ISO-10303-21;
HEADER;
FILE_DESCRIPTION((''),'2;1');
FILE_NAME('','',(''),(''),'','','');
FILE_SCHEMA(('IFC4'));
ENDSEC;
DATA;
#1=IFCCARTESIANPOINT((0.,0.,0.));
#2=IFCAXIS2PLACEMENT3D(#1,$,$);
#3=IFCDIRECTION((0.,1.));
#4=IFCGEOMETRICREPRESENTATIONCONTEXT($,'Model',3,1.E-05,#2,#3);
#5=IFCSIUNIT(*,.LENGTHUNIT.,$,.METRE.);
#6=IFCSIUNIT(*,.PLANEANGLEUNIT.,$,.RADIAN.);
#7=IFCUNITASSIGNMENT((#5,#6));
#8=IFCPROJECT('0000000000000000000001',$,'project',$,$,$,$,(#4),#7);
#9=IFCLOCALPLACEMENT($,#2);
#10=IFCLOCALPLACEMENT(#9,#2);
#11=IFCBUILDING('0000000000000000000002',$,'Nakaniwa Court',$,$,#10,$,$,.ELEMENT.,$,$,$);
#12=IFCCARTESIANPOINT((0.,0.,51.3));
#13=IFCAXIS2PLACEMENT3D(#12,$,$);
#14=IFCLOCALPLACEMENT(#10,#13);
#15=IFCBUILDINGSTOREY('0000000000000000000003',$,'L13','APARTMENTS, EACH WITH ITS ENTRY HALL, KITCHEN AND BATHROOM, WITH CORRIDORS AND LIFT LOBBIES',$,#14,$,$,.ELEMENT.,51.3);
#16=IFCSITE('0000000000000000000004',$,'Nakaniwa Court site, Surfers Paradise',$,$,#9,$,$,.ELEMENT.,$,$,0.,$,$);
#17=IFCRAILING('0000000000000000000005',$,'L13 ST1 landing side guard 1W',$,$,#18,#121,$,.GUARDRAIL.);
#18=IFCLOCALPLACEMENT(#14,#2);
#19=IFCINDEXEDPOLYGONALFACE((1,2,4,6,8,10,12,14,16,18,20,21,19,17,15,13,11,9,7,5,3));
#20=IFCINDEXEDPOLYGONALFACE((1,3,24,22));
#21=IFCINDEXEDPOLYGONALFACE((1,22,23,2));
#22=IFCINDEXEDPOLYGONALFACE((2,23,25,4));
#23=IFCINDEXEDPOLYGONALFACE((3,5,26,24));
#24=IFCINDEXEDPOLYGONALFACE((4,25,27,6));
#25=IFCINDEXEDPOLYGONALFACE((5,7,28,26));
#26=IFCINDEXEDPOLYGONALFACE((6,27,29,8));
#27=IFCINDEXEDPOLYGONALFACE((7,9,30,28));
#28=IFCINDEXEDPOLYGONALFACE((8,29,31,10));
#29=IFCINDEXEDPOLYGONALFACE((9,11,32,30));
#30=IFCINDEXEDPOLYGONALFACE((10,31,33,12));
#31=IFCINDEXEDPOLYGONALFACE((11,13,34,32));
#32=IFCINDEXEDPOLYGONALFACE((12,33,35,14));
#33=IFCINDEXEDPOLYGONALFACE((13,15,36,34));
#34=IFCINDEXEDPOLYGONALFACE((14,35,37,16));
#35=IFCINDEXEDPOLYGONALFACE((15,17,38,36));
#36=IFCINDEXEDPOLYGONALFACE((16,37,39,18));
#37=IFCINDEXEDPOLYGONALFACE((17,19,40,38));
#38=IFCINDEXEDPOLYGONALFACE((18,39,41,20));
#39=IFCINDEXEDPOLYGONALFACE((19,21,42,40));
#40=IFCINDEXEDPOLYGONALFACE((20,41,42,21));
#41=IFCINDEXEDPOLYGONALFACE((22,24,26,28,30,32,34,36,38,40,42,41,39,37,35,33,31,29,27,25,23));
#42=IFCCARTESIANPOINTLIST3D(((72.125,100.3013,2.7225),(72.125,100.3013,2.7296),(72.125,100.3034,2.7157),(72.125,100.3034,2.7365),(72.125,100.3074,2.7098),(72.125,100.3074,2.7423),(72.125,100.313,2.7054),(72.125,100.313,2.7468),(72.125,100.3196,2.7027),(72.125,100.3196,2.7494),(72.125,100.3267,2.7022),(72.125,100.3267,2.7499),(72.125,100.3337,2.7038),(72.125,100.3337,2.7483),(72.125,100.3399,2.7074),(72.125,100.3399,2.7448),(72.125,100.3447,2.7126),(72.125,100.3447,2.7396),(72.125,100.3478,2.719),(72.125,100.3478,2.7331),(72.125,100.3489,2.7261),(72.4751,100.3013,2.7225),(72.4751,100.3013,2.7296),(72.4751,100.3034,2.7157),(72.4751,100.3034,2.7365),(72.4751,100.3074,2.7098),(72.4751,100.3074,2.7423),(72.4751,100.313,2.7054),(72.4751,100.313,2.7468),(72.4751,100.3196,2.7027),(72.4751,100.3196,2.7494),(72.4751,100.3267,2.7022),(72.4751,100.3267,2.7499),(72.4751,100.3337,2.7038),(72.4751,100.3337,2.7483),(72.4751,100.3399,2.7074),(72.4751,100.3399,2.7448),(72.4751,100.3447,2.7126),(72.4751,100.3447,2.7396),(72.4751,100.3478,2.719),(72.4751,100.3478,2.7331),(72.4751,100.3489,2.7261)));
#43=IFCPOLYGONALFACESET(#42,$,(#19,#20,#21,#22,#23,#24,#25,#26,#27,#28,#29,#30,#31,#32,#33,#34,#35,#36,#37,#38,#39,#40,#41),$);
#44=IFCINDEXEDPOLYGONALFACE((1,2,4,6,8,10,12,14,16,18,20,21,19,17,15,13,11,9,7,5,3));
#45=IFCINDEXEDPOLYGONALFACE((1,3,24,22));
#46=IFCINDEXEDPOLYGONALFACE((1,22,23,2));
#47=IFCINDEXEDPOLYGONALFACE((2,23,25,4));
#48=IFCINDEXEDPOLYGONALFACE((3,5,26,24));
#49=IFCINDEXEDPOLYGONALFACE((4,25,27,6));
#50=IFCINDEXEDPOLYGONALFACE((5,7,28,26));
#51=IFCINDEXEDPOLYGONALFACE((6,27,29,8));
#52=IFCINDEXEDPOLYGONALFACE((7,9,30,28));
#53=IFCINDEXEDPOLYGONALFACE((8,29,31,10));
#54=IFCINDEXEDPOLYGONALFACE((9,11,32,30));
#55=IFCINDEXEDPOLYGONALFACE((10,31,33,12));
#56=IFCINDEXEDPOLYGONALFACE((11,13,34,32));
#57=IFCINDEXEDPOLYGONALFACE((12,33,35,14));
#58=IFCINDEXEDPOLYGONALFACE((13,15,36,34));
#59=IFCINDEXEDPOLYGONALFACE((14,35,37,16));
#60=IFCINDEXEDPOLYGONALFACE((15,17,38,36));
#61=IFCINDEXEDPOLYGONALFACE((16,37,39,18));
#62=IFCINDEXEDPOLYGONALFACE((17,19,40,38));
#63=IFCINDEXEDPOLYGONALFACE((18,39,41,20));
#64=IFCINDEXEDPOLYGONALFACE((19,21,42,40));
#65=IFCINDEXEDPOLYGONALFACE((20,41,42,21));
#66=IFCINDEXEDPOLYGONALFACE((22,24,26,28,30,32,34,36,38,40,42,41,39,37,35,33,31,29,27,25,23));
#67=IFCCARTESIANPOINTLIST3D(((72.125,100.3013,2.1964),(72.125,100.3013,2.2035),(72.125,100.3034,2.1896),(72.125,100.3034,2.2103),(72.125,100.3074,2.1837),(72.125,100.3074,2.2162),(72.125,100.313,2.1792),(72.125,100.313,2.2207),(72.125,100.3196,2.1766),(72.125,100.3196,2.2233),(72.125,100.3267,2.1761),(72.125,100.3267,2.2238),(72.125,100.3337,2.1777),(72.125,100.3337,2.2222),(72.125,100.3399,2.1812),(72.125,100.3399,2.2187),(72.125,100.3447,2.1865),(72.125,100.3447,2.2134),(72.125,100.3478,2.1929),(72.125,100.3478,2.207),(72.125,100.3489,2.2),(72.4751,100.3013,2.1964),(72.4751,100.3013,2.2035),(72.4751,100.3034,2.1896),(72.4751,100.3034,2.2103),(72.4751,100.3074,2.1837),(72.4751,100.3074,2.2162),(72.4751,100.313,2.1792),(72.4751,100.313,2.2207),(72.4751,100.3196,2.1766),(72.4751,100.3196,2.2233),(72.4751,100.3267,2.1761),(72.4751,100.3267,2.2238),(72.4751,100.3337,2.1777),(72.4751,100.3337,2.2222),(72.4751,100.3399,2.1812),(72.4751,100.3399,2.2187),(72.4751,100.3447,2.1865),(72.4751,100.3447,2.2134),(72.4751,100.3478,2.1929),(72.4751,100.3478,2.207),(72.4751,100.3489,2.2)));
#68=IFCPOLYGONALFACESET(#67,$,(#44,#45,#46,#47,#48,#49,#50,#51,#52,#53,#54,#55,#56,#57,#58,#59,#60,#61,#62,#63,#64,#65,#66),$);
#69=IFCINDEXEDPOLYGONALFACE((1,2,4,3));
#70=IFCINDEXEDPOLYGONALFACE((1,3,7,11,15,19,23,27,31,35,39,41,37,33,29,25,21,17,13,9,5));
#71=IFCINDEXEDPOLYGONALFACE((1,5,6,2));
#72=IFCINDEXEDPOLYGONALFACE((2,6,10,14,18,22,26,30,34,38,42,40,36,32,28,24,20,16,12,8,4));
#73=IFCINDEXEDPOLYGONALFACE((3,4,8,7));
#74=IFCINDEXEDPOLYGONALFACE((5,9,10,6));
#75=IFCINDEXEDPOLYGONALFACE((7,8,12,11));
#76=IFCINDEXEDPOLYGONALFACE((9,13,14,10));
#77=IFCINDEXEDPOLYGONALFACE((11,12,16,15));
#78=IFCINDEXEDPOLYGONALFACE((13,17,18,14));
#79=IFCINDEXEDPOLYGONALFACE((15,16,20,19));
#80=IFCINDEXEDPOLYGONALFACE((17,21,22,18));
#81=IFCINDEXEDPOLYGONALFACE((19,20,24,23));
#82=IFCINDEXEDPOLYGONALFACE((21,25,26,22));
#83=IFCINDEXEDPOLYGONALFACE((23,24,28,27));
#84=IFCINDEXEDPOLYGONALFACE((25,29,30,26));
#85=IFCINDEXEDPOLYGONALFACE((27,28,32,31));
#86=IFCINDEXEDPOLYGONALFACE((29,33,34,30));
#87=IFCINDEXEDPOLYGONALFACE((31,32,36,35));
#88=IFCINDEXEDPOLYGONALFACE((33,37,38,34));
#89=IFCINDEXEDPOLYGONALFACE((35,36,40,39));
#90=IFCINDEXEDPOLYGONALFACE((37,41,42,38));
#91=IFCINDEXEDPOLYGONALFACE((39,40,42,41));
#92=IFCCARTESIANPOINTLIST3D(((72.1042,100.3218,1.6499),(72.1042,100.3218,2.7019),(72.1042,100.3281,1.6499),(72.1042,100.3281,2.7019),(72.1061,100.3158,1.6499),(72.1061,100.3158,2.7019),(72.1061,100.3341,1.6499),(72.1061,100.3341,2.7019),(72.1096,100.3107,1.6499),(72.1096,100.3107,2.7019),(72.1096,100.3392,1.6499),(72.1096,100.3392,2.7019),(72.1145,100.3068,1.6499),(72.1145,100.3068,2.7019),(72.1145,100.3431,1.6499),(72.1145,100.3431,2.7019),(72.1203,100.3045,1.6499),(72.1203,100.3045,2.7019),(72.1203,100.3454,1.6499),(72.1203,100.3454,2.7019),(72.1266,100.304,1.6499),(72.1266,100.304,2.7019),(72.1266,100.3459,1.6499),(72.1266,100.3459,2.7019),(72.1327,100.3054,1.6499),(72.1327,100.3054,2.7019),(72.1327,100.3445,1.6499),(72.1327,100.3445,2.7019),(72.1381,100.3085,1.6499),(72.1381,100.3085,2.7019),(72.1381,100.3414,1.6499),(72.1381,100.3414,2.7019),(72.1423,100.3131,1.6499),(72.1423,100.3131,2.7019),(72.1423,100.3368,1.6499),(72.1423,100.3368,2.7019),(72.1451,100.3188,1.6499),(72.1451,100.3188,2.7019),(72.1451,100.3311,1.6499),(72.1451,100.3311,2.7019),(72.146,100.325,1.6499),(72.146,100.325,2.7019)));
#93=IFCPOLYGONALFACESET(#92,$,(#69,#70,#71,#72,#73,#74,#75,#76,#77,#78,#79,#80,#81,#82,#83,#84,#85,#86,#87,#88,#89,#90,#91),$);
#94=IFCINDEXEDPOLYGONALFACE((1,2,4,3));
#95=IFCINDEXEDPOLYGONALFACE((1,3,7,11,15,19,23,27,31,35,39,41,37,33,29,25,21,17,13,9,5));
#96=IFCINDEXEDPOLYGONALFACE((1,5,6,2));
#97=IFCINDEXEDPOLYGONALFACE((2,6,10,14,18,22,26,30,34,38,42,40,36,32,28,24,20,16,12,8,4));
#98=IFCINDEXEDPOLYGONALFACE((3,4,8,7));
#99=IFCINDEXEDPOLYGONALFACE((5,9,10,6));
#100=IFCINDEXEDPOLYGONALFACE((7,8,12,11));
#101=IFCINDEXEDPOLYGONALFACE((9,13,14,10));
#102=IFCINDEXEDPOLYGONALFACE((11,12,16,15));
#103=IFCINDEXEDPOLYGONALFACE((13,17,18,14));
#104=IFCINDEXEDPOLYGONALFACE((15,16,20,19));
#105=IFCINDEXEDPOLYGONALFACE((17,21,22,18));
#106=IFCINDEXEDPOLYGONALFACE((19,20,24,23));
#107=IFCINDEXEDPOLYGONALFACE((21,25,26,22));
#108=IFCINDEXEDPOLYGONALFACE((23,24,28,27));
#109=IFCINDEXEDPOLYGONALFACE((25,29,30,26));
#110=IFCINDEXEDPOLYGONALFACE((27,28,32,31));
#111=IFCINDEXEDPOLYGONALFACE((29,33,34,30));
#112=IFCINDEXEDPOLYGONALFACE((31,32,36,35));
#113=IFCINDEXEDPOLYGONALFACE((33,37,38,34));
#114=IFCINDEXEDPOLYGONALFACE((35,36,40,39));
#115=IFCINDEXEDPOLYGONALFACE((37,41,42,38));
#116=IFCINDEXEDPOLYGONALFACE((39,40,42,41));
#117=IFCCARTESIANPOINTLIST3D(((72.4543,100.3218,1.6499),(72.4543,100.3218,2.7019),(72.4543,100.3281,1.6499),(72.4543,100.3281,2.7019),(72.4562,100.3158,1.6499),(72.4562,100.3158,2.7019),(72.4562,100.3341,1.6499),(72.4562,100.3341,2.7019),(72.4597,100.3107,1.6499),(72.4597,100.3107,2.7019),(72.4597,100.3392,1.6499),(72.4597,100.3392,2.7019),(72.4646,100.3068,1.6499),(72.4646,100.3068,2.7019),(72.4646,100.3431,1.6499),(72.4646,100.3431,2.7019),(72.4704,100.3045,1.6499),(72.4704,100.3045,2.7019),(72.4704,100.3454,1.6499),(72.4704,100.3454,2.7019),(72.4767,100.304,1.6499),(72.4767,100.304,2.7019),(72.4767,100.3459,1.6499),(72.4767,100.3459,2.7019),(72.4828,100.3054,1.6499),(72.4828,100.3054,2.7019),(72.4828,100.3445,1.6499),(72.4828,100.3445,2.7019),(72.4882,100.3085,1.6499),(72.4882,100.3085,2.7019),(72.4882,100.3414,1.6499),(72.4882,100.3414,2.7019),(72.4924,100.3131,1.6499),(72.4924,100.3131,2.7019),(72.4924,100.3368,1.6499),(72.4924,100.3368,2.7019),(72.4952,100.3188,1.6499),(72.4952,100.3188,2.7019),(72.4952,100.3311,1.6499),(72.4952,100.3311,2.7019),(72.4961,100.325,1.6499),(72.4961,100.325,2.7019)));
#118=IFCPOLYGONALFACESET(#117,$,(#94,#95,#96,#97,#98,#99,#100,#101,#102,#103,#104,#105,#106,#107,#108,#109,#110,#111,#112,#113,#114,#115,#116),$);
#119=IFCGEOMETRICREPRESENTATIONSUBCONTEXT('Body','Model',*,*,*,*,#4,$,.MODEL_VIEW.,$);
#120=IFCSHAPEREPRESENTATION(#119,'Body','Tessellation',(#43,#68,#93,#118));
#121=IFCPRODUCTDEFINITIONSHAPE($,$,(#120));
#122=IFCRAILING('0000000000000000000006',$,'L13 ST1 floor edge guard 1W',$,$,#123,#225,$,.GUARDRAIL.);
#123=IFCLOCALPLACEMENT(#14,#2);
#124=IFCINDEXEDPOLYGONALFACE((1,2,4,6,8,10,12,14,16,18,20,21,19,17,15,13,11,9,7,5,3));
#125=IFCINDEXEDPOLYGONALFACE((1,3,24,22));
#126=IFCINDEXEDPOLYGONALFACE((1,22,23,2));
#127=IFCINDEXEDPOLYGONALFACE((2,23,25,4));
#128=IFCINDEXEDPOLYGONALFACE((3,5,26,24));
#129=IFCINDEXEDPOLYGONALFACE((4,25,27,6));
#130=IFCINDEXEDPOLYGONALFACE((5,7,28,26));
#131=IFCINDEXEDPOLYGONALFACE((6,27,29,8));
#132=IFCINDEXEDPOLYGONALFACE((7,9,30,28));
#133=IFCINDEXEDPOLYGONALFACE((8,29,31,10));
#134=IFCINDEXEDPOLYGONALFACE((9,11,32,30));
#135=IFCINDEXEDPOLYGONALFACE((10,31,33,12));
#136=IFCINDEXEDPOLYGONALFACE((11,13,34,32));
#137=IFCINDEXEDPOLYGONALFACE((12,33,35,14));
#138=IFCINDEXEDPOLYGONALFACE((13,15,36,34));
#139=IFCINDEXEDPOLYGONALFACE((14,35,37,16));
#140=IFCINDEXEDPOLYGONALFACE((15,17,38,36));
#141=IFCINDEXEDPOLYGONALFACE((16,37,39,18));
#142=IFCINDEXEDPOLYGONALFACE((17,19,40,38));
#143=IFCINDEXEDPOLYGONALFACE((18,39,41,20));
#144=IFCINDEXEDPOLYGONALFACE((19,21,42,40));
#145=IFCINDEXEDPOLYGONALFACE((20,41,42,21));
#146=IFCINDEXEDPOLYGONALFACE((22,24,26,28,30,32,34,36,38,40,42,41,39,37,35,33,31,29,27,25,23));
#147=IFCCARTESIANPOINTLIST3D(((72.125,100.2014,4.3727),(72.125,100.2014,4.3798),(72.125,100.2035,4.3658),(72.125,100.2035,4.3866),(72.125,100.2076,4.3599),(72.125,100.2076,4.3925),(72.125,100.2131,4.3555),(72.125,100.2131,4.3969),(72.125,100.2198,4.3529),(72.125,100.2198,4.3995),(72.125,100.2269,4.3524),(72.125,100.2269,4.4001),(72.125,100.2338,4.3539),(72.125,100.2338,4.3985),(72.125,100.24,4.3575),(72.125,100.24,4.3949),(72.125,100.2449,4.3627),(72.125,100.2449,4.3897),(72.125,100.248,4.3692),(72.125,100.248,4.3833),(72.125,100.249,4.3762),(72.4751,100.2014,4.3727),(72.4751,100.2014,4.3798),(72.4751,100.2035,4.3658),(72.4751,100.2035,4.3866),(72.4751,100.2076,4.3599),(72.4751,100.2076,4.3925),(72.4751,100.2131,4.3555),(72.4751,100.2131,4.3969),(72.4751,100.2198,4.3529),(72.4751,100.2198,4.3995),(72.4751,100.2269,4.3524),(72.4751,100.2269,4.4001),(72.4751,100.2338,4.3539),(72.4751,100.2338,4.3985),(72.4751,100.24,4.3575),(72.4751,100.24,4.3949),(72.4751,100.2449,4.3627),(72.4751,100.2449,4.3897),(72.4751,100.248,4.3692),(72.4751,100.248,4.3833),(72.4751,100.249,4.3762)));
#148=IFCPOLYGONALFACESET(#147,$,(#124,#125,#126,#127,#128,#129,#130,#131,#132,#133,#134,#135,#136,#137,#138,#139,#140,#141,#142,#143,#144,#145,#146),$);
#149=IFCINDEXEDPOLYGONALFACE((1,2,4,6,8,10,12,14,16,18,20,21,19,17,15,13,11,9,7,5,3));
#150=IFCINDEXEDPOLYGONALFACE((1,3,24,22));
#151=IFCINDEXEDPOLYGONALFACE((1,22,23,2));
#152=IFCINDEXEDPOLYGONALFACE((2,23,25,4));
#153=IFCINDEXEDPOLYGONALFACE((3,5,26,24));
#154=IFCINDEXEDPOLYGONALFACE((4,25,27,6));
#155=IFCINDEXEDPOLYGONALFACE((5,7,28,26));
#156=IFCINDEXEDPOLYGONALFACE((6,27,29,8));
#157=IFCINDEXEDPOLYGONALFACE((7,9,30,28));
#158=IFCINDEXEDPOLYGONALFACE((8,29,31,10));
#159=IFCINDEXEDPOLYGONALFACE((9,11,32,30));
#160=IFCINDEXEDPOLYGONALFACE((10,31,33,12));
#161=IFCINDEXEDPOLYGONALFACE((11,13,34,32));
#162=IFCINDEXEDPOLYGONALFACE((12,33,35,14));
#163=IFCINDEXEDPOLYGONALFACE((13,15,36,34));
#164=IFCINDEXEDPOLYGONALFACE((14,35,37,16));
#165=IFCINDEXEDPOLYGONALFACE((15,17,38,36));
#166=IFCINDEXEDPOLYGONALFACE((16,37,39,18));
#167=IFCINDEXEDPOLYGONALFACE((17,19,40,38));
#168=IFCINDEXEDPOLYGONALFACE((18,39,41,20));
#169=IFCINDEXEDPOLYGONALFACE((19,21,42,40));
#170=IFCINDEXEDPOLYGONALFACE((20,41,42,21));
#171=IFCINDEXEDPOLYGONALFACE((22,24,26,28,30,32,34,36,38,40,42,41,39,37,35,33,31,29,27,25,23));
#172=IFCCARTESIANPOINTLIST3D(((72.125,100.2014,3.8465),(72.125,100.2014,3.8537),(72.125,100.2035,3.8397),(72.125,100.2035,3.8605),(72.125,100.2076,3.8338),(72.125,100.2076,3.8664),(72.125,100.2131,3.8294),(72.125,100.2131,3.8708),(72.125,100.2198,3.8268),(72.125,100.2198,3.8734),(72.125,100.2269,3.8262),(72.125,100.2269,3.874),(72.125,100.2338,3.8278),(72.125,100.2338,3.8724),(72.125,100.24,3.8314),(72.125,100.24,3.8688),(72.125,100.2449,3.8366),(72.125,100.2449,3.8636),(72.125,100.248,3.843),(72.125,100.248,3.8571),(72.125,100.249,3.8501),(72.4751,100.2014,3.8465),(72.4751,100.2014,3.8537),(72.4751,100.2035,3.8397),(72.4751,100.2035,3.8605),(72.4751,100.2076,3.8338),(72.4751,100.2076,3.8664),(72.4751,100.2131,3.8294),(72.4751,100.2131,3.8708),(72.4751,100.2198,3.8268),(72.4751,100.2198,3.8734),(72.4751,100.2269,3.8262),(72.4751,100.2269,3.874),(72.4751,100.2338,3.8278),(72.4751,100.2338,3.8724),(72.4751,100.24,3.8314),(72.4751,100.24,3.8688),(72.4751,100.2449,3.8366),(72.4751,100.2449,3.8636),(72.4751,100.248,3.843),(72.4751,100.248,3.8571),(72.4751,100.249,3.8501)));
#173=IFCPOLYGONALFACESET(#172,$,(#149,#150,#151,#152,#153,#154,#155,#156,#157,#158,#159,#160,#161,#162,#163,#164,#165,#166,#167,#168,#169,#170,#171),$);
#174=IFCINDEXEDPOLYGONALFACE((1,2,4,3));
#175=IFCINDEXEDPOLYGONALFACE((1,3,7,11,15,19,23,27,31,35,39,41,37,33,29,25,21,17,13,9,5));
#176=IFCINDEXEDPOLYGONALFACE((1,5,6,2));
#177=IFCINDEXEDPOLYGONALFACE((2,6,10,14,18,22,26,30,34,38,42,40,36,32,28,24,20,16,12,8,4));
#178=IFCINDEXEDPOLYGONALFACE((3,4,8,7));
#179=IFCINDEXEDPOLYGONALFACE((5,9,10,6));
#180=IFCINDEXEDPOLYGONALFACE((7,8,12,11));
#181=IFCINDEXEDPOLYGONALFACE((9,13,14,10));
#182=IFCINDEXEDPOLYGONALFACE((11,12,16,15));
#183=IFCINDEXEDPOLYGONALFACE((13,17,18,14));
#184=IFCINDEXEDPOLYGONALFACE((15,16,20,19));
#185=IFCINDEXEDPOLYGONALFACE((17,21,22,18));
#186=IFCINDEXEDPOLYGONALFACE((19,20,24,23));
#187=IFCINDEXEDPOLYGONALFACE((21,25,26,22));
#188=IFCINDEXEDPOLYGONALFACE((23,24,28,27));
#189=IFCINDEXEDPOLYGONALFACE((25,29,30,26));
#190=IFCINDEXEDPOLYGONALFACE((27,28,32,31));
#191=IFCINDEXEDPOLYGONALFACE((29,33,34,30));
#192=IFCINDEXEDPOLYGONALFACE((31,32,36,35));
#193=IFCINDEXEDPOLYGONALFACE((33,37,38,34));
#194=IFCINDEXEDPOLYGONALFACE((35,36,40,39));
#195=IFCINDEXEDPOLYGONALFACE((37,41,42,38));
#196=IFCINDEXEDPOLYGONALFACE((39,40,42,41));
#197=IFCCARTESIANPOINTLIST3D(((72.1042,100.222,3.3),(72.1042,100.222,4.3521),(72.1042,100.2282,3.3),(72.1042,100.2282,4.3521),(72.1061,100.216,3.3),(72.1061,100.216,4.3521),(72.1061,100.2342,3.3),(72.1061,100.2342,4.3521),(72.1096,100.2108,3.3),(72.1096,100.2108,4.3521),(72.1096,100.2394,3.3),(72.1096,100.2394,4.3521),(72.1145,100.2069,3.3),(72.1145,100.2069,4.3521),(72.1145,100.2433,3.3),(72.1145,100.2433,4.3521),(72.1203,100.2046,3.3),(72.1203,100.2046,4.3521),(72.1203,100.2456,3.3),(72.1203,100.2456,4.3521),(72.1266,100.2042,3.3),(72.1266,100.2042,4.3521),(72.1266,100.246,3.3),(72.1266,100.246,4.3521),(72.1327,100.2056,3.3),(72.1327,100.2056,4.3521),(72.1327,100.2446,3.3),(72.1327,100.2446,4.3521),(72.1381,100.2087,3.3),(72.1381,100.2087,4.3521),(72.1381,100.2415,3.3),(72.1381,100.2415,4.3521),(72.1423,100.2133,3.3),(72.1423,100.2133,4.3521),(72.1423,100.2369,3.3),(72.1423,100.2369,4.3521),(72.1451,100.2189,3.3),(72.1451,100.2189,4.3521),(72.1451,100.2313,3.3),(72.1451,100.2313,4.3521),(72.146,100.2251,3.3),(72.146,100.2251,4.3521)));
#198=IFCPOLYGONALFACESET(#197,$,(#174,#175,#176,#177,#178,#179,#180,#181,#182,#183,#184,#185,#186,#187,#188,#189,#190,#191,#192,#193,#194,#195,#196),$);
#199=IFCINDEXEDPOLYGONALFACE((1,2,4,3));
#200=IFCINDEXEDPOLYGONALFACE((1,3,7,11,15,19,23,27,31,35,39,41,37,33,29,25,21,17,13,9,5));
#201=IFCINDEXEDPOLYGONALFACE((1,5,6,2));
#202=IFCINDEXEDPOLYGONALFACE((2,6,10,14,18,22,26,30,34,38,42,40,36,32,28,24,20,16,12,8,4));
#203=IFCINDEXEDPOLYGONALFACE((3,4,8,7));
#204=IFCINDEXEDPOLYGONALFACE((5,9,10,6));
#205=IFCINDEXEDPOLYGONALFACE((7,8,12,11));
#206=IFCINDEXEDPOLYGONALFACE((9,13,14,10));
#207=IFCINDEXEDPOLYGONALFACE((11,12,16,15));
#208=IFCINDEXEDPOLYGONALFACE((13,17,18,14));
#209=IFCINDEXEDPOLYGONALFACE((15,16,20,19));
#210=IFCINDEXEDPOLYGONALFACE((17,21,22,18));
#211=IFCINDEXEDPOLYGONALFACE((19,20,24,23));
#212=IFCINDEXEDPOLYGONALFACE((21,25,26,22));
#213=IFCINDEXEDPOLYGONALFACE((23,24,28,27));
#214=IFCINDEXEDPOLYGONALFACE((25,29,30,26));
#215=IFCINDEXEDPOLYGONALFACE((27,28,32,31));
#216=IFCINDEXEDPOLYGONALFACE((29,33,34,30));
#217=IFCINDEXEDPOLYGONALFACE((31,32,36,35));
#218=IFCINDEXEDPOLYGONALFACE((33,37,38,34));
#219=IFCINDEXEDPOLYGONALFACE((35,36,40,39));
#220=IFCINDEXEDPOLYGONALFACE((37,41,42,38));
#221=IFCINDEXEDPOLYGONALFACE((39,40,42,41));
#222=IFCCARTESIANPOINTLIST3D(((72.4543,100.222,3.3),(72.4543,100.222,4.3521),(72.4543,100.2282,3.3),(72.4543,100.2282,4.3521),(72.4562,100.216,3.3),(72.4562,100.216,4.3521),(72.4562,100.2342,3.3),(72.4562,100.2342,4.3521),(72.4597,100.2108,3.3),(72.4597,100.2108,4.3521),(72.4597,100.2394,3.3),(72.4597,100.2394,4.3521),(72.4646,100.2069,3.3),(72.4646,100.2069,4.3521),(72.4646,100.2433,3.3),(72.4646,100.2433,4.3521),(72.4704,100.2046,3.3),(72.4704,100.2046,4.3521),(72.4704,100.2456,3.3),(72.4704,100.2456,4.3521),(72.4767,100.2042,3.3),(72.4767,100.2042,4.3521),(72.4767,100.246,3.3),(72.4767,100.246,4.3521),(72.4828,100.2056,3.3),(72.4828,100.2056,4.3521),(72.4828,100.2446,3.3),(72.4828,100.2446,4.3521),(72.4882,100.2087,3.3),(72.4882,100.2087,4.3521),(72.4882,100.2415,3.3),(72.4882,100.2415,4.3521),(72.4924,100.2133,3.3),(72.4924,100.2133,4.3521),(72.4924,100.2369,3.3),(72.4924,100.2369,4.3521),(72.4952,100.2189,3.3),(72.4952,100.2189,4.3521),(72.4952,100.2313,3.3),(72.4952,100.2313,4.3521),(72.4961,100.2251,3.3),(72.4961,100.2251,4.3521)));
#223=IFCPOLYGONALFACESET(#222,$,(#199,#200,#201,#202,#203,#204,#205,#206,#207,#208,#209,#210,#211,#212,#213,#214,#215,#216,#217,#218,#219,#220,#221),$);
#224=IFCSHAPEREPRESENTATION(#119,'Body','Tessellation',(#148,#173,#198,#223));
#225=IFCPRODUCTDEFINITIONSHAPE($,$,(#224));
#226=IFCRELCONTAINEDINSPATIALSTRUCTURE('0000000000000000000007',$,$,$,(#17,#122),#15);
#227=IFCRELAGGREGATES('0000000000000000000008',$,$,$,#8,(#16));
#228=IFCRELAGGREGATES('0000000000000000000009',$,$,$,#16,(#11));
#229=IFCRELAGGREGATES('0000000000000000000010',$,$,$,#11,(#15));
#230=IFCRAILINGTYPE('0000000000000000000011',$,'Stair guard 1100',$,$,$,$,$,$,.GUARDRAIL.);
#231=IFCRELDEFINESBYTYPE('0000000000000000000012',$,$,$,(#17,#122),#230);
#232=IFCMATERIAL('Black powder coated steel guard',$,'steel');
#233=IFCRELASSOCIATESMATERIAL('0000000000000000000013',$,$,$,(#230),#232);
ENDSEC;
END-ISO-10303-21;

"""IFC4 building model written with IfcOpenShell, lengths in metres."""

from ifc_helpers import new_model, si_unit, direction, frame, origin, origin_2d, place, context, subcontext, project, spatial, circle, extrude, material, type_object, element, save


model = new_model("IFC4")

# Units and contexts
model_context = context("Model", 3, precision=1e-05, world=origin(), true_north=direction((0.0, 1.0)))
body_context = subcontext(model_context, "Body", "Model", "MODEL_VIEW")
ifc_project = project(units=[si_unit("LENGTHUNIT", "METRE"), si_unit("PLANEANGLEUNIT", "RADIAN")], contexts=[model_context])

# Site, building, storey
site_placement = place(None, origin())
site = spatial("IfcSite", under=ifc_project, at=site_placement, Name="Nakaniwa Court site, Surfers Paradise", CompositionType="ELEMENT", RefElevation=0.0)
building_placement = place(site_placement, origin())
building = spatial("IfcBuilding", under=site, at=building_placement, Name="Nakaniwa Court", CompositionType="ELEMENT")
storey_placement = place(building_placement, frame((0.0, 0.0, 51.3)))
storey = spatial("IfcBuildingStorey", under=building, at=storey_placement, Name="L13", Description="APARTMENTS, EACH WITH ITS ENTRY HALL, KITCHEN AND BATHROOM, WITH CORRIDORS AND LIFT LOBBIES", CompositionType="ELEMENT", Elevation=51.3)

# Railings
ifc_material_1 = material(Name="Black powder coated steel guard", Category="steel")
railing_type_1 = type_object("IfcRailingType", Name="Stair guard 1100", PredefinedType="GUARDRAIL", material=ifc_material_1)
for number, where, name in (
    (1, (72.125, 100.325, 1.6499), "L13 ST1 landing side guard 1W"),
    (2, (72.125, 100.2251, 3.3), "L13 ST1 floor edge guard 1W"),
):
    element("IfcRailing", number, at=place(storey_placement, frame(where)), inside=storey, type_object=railing_type_1, Name=name, PredefinedType="GUARDRAIL", context=body_context, shape_type="SweptSolid", body=[
        extrude(circle(Radius=0.0239, at=origin_2d()), frame((0.0, 0.0, 1.0762), z_axis=(1.0, 0.0, 0.0), x_axis=(0.0, 1.0, 0.0)), (0.0, 0.0, 1.0), 0.3501),
        extrude(circle(Radius=0.0239, at=origin_2d()), frame((0.0, 0.0, 0.55), z_axis=(1.0, 0.0, 0.0), x_axis=(0.0, 1.0, 0.0)), (0.0, 0.0, 1.0), 0.3501),
        extrude(circle(Radius=0.021, at=origin_2d()), origin(), (0.0, 0.0, 1.0), 1.052),
        extrude(circle(Radius=0.021, at=origin_2d()), frame((0.3501, 0.0, 0.0)), (0.0, 0.0, 1.0), 1.052),
    ])

save(model, "model.ifc")
